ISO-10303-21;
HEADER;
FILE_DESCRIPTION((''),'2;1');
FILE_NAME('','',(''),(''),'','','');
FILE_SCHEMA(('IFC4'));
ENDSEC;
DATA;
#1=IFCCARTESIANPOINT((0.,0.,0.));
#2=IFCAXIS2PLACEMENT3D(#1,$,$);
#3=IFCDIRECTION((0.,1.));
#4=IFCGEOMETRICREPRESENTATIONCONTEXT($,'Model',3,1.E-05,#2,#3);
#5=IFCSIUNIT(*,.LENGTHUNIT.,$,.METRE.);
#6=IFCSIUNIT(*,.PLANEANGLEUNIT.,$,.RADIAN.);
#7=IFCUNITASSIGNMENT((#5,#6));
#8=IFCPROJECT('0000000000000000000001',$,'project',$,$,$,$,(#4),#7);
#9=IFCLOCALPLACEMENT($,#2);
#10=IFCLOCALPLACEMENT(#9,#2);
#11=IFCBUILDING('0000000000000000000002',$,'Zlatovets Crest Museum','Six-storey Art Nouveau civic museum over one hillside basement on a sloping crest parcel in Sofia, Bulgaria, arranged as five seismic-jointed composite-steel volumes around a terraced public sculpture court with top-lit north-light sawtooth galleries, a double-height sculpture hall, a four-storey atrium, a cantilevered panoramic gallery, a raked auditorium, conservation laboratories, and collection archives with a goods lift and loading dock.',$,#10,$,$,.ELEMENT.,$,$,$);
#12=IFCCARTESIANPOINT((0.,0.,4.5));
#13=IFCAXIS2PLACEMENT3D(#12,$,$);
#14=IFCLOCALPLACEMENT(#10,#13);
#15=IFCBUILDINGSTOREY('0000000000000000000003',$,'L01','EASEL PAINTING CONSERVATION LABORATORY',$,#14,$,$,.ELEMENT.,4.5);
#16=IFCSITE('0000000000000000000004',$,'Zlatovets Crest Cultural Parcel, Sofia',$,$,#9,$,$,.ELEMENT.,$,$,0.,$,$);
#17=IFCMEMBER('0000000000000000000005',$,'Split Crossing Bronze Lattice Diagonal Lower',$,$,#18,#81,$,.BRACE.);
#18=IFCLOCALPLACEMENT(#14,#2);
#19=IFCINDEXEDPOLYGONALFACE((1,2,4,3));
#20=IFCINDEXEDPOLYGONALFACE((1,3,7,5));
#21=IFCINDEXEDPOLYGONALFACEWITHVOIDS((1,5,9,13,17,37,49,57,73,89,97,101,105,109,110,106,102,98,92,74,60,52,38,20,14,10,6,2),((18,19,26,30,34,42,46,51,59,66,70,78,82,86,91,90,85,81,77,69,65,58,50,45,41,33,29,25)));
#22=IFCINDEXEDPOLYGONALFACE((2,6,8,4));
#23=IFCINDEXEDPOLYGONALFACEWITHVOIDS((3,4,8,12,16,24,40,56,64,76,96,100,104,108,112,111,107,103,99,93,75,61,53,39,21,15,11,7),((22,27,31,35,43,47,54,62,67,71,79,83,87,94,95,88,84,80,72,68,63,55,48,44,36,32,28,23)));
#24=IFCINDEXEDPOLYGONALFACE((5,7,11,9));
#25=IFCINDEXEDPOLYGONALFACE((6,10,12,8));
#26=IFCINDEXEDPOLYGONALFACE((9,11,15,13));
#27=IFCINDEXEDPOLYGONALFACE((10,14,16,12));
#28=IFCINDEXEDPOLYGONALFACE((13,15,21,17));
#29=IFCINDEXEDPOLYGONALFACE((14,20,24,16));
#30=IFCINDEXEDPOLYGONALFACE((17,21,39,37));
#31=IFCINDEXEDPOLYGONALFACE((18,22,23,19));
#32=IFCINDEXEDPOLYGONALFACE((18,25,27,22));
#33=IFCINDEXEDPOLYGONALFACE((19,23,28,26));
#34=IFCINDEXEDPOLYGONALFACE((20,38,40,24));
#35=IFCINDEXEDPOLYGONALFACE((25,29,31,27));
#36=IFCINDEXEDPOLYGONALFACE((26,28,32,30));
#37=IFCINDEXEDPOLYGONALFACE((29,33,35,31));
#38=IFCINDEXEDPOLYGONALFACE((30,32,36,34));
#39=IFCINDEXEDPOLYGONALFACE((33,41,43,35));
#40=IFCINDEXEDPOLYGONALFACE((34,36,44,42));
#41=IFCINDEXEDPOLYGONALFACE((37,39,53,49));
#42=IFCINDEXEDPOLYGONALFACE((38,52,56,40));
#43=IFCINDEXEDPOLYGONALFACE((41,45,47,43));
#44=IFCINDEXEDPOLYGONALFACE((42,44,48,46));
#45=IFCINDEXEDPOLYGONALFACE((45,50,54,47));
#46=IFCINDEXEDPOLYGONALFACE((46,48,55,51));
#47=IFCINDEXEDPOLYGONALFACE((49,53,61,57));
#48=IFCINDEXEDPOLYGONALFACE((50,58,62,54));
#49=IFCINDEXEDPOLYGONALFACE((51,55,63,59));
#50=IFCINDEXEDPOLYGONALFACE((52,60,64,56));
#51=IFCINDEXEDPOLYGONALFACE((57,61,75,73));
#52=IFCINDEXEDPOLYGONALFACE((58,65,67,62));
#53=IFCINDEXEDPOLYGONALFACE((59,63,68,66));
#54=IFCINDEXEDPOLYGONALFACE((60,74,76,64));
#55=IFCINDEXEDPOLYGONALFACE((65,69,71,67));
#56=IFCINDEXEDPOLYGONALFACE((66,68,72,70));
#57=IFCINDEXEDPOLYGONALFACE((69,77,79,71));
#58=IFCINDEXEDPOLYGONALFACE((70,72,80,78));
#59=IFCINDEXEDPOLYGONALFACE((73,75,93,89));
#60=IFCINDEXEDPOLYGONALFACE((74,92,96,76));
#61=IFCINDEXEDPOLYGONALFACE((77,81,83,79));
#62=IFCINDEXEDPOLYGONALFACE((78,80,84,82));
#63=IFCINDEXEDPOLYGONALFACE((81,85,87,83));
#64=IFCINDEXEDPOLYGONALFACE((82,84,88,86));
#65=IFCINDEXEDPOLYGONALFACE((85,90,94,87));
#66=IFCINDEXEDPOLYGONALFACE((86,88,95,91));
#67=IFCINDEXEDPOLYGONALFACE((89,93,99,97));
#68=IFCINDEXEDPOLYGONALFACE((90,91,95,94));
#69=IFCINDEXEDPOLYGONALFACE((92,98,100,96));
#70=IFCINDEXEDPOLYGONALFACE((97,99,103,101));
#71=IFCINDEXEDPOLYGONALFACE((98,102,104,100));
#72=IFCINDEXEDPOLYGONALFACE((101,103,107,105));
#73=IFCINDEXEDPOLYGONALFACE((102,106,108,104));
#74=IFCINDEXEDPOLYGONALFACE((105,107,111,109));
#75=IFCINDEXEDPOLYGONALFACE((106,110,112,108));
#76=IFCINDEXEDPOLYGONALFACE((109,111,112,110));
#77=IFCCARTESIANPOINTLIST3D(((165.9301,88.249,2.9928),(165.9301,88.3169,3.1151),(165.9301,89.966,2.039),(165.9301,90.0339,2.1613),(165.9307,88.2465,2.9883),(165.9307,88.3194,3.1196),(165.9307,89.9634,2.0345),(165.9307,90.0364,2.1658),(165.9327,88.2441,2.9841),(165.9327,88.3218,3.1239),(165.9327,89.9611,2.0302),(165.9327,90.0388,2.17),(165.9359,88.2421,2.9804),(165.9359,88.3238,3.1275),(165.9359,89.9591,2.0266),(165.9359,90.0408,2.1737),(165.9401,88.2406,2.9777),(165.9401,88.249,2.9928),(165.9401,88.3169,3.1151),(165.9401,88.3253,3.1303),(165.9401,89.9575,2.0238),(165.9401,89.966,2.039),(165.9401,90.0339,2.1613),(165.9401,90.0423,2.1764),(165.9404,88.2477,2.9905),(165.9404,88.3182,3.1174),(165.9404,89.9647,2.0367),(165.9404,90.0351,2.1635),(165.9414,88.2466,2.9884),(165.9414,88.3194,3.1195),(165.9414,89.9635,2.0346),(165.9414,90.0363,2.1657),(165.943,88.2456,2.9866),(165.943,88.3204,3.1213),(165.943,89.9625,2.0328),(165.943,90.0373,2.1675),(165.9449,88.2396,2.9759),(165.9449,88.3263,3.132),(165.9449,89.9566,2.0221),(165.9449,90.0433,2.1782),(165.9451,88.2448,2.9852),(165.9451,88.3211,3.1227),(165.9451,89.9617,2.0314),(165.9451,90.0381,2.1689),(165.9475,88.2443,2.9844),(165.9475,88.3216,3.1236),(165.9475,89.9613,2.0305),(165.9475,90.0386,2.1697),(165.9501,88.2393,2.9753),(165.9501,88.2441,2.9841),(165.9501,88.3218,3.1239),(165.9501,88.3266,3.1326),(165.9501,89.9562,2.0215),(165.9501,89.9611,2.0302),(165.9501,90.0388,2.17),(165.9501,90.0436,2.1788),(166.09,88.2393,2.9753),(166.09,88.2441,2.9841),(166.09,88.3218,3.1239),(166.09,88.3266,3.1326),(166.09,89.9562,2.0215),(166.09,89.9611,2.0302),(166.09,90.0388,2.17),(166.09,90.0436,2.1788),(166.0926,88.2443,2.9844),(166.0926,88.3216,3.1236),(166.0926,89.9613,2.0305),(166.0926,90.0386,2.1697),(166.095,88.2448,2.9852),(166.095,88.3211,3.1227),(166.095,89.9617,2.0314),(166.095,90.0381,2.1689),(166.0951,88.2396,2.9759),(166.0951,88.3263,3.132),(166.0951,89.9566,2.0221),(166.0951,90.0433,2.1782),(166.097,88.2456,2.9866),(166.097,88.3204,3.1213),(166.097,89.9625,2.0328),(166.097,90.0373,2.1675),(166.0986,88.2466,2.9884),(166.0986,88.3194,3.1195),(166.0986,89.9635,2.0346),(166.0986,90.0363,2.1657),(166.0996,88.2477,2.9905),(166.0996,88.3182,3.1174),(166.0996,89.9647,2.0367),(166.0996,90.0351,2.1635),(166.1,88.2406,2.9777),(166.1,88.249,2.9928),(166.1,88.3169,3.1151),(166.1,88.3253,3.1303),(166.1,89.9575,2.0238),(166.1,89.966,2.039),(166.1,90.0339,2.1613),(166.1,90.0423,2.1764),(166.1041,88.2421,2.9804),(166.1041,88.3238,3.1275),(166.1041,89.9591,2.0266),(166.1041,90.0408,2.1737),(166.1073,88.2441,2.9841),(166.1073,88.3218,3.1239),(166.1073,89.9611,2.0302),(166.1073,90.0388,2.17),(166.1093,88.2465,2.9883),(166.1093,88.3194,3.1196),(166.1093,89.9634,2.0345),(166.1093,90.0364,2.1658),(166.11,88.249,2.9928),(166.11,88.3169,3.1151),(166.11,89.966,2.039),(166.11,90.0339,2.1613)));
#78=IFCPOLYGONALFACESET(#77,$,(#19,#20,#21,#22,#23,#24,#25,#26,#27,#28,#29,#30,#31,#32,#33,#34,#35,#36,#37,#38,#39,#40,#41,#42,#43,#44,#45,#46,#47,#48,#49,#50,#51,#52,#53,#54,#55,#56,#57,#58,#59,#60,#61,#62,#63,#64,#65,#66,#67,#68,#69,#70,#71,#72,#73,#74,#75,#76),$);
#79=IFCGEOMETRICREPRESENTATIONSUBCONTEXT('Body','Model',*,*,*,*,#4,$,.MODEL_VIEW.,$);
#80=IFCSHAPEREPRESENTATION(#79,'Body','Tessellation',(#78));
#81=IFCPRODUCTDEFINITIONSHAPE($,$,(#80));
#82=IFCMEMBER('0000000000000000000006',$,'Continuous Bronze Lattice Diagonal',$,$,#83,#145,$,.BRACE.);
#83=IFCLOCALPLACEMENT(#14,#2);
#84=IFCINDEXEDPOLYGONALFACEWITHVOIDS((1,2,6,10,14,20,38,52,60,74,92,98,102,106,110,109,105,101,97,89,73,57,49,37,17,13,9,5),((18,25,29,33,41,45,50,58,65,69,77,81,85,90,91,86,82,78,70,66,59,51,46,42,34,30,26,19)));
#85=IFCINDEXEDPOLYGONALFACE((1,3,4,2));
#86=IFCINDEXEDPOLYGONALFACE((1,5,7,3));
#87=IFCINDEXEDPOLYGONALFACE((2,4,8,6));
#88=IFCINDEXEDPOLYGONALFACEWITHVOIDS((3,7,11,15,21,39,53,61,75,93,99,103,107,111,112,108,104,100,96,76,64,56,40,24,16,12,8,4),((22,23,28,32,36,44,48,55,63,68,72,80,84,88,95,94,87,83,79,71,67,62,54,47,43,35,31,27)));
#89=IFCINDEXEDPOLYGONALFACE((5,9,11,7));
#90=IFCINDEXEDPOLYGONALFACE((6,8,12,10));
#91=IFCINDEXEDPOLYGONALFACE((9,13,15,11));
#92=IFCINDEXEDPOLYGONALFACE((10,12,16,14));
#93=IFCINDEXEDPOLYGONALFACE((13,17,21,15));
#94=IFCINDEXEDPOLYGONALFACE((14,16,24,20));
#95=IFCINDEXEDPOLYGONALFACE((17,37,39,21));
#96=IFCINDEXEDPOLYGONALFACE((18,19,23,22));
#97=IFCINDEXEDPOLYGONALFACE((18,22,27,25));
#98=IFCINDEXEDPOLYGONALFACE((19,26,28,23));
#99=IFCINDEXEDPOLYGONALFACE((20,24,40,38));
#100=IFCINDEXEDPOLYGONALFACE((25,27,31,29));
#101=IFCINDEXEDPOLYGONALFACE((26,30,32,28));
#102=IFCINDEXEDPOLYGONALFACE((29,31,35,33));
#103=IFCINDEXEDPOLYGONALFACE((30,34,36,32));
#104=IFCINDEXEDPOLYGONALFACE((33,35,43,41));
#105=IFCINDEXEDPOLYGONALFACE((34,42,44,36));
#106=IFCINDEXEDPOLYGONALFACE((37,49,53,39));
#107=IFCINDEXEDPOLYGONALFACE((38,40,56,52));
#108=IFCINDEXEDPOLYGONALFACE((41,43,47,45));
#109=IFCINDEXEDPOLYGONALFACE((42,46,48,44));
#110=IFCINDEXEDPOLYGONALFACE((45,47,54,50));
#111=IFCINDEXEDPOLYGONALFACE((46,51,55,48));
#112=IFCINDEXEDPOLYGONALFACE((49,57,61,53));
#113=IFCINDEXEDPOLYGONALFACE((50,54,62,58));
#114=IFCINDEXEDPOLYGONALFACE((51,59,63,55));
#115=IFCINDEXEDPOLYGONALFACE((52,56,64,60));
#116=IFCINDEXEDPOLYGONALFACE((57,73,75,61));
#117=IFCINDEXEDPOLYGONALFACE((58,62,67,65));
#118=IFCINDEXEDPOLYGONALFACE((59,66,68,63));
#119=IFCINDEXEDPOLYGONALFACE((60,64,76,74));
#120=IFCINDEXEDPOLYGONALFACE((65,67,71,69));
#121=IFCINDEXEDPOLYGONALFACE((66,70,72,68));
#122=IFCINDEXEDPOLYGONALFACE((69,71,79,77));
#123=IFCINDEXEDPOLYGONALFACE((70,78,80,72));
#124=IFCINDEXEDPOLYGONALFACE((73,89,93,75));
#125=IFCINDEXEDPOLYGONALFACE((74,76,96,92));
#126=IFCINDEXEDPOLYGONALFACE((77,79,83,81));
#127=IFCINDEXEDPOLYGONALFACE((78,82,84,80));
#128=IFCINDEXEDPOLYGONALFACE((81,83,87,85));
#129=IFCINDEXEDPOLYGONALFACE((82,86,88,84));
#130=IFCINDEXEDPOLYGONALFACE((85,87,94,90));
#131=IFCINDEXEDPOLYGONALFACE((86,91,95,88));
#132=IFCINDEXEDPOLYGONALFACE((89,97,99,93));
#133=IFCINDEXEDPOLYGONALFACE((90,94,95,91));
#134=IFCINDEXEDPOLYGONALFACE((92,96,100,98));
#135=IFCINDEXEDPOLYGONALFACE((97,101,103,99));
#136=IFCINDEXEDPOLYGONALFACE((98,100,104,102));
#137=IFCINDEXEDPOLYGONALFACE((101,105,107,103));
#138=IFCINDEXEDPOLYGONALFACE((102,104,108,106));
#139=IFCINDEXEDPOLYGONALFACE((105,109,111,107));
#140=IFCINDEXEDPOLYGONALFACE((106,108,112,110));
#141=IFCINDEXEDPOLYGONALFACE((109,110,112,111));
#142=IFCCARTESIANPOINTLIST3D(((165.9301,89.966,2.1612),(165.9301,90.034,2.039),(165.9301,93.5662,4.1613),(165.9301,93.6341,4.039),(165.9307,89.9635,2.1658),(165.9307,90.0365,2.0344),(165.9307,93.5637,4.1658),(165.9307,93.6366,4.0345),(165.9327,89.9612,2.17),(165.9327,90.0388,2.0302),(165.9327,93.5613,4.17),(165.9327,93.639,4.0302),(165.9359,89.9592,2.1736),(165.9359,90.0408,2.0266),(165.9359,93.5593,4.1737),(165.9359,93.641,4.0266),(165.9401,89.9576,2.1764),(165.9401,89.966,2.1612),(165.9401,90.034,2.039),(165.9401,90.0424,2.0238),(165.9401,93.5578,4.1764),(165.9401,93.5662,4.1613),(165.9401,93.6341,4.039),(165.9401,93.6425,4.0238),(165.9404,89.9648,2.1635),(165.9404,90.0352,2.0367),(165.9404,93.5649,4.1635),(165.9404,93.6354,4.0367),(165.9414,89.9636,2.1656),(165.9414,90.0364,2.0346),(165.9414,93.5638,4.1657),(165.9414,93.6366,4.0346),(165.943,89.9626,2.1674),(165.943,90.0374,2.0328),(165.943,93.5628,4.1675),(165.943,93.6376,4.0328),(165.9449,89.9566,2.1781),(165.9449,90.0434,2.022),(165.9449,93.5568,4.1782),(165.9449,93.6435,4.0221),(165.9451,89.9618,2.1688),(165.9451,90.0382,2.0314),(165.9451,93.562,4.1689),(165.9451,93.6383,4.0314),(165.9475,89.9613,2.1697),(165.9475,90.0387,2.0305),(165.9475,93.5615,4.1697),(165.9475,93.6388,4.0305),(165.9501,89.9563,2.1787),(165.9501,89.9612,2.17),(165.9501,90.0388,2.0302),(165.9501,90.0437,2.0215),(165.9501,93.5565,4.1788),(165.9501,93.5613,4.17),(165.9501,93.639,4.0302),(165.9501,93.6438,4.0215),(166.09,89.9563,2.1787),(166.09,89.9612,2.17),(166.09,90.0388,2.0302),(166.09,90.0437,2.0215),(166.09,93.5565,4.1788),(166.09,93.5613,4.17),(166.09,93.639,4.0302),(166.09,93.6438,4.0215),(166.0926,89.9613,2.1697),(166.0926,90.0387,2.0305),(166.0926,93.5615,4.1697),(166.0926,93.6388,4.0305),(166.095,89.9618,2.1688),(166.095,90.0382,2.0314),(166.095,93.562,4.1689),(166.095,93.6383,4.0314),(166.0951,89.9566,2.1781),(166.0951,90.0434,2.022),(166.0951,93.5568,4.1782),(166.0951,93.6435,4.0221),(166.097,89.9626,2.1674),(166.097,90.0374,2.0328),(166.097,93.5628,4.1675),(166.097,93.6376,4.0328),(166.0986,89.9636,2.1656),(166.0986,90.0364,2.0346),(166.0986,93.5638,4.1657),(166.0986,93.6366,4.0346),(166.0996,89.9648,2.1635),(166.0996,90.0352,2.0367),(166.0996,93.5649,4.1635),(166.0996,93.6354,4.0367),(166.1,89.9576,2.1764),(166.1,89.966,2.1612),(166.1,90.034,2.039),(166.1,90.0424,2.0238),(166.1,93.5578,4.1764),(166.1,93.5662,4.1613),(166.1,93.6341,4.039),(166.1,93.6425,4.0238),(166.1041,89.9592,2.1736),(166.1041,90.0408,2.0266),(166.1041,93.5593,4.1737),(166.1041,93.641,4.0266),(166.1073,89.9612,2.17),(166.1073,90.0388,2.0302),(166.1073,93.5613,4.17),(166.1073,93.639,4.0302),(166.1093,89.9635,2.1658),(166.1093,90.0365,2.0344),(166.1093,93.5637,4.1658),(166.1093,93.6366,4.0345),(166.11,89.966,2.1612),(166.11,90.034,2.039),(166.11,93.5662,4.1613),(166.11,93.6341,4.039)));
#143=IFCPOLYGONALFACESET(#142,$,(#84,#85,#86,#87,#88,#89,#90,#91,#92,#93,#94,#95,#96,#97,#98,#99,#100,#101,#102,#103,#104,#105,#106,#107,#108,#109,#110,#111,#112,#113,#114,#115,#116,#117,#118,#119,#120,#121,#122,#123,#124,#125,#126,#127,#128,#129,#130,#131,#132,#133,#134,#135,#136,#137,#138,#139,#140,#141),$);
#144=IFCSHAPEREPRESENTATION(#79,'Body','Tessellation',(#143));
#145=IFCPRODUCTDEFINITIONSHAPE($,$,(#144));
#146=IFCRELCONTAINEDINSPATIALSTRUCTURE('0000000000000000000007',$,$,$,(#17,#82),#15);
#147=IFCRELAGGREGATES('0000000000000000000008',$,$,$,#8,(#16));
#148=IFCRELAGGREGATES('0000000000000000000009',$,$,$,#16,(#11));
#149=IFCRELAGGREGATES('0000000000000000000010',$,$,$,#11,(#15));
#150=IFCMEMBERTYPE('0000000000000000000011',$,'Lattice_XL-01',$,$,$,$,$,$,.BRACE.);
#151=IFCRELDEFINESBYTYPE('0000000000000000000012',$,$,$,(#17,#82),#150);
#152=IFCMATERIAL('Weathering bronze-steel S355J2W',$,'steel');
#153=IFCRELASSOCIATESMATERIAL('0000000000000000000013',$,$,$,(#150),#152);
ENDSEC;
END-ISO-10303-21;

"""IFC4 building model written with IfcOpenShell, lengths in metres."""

from ifc_helpers import new_model, si_unit, direction, frame, origin, origin_2d, place, context, subcontext, project, spatial, hollow_rectangle, extrude, material, material_profile, profile_set, type_object, element, save


model = new_model("IFC4")

# Units and contexts
model_context = context("Model", 3, precision=1e-05, world=origin(), true_north=direction((0.0, 1.0)))
body_context = subcontext(model_context, "Body", "Model", "MODEL_VIEW")
ifc_project = project(units=[si_unit("LENGTHUNIT", "METRE"), si_unit("PLANEANGLEUNIT", "RADIAN")], contexts=[model_context])

# Site, building, storey
site_placement = place(None, origin())
site = spatial("IfcSite", under=ifc_project, at=site_placement, Name="Zlatovets Crest Cultural Parcel, Sofia", CompositionType="ELEMENT", RefElevation=0.0)
building_placement = place(site_placement, origin())
building = spatial("IfcBuilding", under=site, at=building_placement, Name="Zlatovets Crest Museum", Description="Six-storey Art Nouveau civic museum over one hillside basement on a sloping crest parcel in Sofia, Bulgaria, arranged as five seismic-jointed composite-steel volumes around a terraced public sculpture court with top-lit north-light sawtooth galleries, a double-height sculpture hall, a four-storey atrium, a cantilevered panoramic gallery, a raked auditorium, conservation laboratories, and collection archives with a goods lift and loading dock.", CompositionType="ELEMENT")
storey_placement = place(building_placement, frame((0.0, 0.0, 4.5)))
storey = spatial("IfcBuildingStorey", under=building, at=storey_placement, Name="L01", Description="EASEL PAINTING CONSERVATION LABORATORY", CompositionType="ELEMENT", Elevation=4.5)

# Members
ifc_material_1 = material(Name="Weathering bronze-steel S355J2W", Category="steel")
ifc_material_profile_1 = material_profile(ifc_material_1, hollow_rectangle(XDim=0.1799, YDim=0.1799, WallThickness=0.01, InnerFilletRadius=0.01, OuterFilletRadius=0.02, at=origin_2d()), Name="SHS 180x180x10.0")
ifc_profile_set_1 = profile_set([ifc_material_profile_1], Name="Weathering bronze-steel S355J2W")
member_type_1 = type_object("IfcMemberType", Name="Lattice_XL-01", PredefinedType="BRACE", material=ifc_profile_set_1)
member_1_placement = place(storey_placement, frame((166.02, 88.283, 3.054), z_axis=(0.0, 0.874169, -0.485622), x_axis=(-1.0, 0.0, 0.0)))
element("IfcMember", 1, at=member_1_placement, inside=storey, type_object=member_type_1, Name="Split Crossing Bronze Lattice Diagonal Lower", PredefinedType="BRACE", context=body_context, shape_type="SweptSolid", body=[
    extrude(hollow_rectangle(XDim=0.1799, YDim=0.1799, WallThickness=0.01, InnerFilletRadius=0.01, OuterFilletRadius=0.02, at=origin_2d()), origin(), (0.0, 0.0, 1.0), 1.9641),
])
member_2_placement = place(storey_placement, frame((166.02, 90.0, 2.1001), z_axis=(0.0, 0.874163, 0.485633), x_axis=(-1.0, 0.0, 0.0)))
element("IfcMember", 2, at=member_2_placement, inside=storey, type_object=member_type_1, Name="Continuous Bronze Lattice Diagonal", PredefinedType="BRACE", context=body_context, shape_type="SweptSolid", body=[
    extrude(hollow_rectangle(XDim=0.1799, YDim=0.1799, WallThickness=0.01, InnerFilletRadius=0.01, OuterFilletRadius=0.02, at=origin_2d()), origin(), (0.0, 0.0, 1.0), 4.1184),
])

save(model, "model.ifc")
